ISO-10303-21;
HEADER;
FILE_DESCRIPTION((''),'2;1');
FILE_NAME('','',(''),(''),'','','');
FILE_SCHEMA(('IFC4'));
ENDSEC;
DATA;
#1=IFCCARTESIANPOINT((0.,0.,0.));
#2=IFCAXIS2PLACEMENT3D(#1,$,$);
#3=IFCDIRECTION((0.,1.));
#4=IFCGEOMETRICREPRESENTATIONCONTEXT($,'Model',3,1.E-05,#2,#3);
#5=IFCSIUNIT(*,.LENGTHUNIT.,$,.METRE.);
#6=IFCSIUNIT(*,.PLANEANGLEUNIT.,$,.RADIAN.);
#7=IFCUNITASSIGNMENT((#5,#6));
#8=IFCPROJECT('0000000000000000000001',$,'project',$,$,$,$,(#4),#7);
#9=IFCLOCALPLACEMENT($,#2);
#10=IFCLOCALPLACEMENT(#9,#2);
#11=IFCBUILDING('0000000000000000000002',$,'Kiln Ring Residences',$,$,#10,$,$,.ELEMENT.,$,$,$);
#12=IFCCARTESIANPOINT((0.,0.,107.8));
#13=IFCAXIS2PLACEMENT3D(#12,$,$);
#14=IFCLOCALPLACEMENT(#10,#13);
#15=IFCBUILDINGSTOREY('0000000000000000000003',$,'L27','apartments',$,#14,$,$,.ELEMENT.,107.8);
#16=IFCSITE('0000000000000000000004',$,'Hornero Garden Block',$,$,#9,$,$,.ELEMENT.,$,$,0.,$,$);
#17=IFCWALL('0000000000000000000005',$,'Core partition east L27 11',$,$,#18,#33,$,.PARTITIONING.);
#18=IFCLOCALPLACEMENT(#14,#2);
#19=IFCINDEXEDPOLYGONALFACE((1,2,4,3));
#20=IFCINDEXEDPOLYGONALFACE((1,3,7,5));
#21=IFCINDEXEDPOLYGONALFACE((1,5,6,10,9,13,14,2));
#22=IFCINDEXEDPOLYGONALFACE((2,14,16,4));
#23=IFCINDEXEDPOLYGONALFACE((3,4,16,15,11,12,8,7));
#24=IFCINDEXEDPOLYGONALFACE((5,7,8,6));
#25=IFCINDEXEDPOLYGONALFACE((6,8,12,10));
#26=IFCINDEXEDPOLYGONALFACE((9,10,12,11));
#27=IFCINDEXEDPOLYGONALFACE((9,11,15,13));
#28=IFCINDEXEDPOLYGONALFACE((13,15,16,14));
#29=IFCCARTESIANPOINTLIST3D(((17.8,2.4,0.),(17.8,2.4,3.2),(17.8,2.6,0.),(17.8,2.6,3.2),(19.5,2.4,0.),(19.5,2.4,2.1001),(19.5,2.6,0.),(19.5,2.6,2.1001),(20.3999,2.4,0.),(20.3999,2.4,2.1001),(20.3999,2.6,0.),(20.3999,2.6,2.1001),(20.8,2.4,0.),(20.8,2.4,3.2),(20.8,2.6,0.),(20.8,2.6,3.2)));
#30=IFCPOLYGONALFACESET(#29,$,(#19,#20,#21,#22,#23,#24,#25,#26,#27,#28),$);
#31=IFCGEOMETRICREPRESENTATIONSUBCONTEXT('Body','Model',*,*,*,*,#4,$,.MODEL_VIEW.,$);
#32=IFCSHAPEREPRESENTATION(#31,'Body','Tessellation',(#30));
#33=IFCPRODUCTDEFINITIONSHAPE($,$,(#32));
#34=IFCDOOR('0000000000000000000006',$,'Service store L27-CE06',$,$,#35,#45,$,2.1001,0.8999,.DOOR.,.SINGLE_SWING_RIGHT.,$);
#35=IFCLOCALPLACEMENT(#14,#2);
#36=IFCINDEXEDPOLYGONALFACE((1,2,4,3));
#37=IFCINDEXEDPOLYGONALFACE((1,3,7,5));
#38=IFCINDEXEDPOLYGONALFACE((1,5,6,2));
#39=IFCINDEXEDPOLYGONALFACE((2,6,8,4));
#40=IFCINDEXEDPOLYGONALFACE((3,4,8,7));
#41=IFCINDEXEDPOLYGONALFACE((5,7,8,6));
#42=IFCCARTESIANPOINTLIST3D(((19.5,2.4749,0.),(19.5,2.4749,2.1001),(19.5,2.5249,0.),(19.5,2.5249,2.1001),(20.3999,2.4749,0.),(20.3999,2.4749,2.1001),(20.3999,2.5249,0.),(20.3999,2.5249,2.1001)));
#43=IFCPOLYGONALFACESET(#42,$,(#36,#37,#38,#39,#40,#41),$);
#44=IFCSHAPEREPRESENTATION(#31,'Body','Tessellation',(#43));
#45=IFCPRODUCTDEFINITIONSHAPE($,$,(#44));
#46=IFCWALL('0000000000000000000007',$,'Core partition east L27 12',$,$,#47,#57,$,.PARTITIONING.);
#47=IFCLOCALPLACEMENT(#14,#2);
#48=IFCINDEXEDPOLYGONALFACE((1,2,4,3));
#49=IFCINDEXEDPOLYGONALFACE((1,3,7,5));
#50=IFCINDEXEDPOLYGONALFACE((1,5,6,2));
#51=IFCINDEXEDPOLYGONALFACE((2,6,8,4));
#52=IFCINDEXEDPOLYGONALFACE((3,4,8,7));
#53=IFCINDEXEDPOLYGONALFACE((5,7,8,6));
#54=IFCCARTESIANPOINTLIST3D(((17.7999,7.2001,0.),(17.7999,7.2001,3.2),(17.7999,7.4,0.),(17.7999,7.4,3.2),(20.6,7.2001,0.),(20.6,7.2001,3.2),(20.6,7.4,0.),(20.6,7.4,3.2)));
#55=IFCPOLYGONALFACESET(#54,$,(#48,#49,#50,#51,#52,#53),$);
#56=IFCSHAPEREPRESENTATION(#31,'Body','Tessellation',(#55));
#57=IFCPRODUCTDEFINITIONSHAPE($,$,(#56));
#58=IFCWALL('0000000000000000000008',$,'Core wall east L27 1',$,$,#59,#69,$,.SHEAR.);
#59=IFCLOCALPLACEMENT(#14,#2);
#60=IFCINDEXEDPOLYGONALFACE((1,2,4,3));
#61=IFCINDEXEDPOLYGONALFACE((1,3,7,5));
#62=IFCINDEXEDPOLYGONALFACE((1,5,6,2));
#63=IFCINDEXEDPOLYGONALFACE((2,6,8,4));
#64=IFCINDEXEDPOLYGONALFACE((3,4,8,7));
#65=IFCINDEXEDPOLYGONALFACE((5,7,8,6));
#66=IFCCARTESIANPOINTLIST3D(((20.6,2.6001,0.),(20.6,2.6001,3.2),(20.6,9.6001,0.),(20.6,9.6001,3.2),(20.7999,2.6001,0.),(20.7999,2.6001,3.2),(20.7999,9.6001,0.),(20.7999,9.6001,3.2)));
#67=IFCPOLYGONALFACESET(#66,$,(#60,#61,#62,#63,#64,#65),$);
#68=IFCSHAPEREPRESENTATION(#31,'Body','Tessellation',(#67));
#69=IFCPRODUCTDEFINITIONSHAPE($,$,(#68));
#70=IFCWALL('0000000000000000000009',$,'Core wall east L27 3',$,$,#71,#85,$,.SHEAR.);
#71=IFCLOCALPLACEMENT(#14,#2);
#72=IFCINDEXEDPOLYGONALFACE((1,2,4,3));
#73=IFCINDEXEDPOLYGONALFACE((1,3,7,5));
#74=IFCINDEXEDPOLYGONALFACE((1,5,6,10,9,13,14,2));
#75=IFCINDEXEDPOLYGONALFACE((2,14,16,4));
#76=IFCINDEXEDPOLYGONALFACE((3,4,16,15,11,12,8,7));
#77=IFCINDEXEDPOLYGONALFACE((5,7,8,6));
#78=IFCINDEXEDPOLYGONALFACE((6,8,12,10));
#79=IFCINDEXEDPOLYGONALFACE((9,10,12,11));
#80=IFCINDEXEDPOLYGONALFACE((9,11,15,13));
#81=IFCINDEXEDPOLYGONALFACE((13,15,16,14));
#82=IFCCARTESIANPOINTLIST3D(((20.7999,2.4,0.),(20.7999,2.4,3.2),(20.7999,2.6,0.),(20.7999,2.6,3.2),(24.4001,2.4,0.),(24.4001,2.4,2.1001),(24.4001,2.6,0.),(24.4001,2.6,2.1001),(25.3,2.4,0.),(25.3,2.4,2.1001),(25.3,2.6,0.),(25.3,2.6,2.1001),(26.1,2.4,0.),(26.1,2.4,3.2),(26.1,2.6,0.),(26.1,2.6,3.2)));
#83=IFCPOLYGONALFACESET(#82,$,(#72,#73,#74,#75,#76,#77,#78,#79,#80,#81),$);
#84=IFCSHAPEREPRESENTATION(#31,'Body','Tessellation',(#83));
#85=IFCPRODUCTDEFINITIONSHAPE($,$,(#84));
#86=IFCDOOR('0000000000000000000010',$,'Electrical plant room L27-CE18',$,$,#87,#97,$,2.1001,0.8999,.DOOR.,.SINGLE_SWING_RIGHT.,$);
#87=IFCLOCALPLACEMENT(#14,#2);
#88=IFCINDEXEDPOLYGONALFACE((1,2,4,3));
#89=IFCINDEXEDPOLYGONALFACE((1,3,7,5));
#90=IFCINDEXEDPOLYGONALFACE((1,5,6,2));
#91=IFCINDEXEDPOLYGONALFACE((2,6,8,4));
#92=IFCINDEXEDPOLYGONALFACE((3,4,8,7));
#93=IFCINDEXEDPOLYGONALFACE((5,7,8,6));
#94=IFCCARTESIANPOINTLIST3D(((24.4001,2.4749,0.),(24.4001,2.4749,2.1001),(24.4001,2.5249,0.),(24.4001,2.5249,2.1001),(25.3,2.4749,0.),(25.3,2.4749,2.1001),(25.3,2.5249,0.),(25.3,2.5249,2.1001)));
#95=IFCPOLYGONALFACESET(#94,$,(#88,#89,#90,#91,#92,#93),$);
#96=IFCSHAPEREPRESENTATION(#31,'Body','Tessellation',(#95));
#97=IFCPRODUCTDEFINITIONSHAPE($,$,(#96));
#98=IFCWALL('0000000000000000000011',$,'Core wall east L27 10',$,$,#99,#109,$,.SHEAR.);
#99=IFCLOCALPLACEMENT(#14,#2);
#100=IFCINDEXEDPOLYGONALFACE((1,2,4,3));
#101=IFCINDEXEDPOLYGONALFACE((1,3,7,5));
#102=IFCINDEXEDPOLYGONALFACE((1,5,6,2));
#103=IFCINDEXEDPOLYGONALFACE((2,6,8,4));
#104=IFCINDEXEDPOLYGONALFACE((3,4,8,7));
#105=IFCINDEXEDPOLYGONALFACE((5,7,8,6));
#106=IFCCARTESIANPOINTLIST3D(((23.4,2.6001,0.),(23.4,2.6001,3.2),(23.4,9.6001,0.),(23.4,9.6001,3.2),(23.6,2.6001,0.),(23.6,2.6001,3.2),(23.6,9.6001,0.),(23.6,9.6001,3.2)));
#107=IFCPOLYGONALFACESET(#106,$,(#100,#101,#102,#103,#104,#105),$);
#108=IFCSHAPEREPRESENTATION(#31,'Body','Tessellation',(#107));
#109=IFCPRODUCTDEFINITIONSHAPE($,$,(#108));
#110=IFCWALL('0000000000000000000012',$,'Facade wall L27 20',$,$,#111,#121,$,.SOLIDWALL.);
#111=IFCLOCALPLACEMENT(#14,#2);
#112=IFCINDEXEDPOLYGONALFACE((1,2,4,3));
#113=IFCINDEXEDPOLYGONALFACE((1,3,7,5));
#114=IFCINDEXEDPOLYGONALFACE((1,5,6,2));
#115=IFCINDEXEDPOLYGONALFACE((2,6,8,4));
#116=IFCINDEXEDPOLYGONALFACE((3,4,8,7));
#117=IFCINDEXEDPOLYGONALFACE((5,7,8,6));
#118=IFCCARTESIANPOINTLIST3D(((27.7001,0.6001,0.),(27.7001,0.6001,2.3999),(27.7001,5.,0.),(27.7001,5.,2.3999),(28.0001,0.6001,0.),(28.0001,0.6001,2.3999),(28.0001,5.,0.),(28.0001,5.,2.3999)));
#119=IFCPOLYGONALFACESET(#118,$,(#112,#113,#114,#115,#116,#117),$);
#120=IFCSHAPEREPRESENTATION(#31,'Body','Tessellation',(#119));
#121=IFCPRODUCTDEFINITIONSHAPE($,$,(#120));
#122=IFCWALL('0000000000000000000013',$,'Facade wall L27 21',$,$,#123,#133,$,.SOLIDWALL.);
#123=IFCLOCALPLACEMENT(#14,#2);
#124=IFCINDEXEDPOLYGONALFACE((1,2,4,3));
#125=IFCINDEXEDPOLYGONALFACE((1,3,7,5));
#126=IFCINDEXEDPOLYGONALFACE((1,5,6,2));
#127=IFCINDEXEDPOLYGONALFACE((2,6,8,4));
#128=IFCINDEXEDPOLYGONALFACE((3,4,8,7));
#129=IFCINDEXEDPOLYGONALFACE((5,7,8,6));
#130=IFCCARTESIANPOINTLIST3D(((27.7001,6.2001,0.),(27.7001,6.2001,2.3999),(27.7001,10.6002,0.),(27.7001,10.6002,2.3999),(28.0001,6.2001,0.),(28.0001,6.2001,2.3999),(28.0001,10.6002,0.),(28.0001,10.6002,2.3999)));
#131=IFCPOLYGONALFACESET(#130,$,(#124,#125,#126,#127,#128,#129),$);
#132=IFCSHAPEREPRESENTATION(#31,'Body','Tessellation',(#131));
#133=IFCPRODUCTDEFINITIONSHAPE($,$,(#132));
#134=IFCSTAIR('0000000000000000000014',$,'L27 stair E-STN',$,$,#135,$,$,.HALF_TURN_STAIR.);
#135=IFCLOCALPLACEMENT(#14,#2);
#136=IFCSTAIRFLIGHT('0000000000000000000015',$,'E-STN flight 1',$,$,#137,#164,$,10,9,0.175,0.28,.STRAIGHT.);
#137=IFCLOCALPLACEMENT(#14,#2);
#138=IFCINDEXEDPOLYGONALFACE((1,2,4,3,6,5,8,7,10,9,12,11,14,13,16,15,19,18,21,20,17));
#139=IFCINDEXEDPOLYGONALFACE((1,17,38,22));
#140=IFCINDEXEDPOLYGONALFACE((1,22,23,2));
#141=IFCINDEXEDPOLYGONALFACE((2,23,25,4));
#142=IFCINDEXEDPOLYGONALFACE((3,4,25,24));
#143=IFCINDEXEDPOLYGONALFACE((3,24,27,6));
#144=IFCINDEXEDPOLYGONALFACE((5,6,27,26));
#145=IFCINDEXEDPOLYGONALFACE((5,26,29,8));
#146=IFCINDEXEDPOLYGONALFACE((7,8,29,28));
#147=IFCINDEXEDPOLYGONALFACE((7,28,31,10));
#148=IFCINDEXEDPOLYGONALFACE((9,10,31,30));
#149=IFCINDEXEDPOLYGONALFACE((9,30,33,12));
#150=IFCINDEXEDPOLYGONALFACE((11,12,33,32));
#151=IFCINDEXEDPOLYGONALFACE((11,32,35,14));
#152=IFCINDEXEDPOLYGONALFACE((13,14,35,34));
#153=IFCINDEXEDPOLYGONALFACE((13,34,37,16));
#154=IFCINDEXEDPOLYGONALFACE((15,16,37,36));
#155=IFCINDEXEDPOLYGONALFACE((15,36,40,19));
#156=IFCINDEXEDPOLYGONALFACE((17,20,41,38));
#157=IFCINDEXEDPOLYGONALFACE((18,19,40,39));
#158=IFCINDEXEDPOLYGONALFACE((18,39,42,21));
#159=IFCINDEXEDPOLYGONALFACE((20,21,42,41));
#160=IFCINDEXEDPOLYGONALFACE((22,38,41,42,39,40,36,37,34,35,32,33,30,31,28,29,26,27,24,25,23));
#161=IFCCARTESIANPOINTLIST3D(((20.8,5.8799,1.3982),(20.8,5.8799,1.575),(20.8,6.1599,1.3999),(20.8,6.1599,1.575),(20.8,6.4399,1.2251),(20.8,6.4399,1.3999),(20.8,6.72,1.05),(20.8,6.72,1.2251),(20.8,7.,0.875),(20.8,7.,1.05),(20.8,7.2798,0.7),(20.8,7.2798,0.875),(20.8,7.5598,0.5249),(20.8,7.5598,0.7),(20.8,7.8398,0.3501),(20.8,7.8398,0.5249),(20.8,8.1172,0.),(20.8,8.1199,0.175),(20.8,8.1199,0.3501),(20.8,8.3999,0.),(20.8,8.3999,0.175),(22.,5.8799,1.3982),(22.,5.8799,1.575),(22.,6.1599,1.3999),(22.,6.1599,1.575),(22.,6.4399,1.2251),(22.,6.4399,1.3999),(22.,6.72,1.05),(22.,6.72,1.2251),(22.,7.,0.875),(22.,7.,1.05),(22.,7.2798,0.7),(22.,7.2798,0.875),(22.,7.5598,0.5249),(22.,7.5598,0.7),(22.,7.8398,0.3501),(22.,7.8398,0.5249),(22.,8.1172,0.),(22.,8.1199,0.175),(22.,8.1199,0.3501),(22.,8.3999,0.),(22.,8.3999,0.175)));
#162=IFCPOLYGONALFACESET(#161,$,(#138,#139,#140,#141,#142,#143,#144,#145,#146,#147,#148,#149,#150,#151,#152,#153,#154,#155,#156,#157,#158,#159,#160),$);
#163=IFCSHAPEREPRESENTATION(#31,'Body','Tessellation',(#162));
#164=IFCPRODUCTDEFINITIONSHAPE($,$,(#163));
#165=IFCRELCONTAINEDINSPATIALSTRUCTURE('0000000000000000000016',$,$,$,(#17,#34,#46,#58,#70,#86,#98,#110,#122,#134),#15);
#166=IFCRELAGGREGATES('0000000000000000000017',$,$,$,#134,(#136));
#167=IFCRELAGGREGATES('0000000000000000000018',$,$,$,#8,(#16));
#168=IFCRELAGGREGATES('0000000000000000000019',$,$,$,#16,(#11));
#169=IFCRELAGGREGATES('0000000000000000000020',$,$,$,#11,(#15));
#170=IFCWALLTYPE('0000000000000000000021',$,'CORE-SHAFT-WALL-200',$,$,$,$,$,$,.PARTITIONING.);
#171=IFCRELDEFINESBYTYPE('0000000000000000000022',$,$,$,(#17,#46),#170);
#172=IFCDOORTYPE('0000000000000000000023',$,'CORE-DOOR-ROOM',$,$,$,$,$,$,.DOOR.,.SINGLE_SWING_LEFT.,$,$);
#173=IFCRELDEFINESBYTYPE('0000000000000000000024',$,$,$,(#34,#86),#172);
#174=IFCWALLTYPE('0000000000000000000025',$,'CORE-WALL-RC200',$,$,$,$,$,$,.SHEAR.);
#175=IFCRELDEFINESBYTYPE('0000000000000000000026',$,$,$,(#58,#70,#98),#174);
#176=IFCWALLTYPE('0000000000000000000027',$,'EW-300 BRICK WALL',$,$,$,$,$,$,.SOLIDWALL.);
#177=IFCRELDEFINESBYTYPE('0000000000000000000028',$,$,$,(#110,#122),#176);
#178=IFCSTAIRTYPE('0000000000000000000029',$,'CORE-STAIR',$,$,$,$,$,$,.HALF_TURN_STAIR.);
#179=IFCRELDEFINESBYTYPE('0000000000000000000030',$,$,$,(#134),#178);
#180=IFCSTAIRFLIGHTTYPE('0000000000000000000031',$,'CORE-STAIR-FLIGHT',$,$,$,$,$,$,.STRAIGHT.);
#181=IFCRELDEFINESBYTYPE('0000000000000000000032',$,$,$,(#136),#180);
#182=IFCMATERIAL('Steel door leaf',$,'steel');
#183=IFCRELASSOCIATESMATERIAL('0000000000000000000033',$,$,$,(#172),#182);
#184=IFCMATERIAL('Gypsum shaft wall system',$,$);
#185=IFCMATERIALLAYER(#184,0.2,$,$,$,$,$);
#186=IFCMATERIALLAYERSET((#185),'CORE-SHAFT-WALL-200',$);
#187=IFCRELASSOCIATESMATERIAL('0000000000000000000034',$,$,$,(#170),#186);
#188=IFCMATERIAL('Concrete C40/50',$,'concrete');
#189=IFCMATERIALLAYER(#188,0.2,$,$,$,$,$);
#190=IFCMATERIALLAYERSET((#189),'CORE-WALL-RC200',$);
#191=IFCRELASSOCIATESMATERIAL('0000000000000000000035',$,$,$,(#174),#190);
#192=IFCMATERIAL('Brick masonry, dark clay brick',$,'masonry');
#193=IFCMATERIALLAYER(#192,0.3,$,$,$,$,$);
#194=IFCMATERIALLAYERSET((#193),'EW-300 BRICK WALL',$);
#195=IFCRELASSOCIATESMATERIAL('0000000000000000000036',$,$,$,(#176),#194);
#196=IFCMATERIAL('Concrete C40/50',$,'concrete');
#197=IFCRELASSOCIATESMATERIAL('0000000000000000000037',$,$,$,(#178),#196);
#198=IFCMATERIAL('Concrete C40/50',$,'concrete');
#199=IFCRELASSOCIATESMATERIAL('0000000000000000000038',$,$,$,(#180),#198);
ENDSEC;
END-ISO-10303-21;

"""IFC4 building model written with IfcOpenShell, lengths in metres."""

from ifc_helpers import new_model, si_unit, direction, frame, frame_2d, origin, place, context, subcontext, project, spatial, polyline, rectangle, outline, extrude, material, layer, layer_set, type_object, element, fill, aggregate, save


model = new_model("IFC4")

# Units and contexts
model_context = context("Model", 3, precision=1e-05, world=origin(), true_north=direction((0.0, 1.0)))
body_context = subcontext(model_context, "Body", "Model", "MODEL_VIEW")
ifc_project = project(units=[si_unit("LENGTHUNIT", "METRE"), si_unit("PLANEANGLEUNIT", "RADIAN")], contexts=[model_context])

# Site, building, storey
site_placement = place(None, origin())
site = spatial("IfcSite", under=ifc_project, at=site_placement, Name="Hornero Garden Block", CompositionType="ELEMENT", RefElevation=0.0)
building_placement = place(site_placement, origin())
building = spatial("IfcBuilding", under=site, at=building_placement, Name="Kiln Ring Residences", CompositionType="ELEMENT")
storey_placement = place(building_placement, frame((0.0, 0.0, 107.8)))
storey = spatial("IfcBuildingStorey", under=building, at=storey_placement, Name="L27", Description="apartments", CompositionType="ELEMENT", Elevation=107.8)

# Shared definitions
ifc_material_1 = material(Name="Steel door leaf", Category="steel")
door_type = type_object("IfcDoorType", Name="CORE-DOOR-ROOM", OperationType="SINGLE_SWING_LEFT", PredefinedType="DOOR", material=ifc_material_1)

# Shared definitions
ifc_material_2 = material(Name="Gypsum shaft wall system")
ifc_layer_1 = layer(ifc_material_2, 0.2)
ifc_layer_set_1 = layer_set([ifc_layer_1], Name="CORE-SHAFT-WALL-200")
wall_type_1 = type_object("IfcWallType", Name="CORE-SHAFT-WALL-200", PredefinedType="PARTITIONING", material=ifc_layer_set_1)

# Wall, opening, door
wall_1_placement = place(storey_placement, frame((17.8, 2.5, 0.0), z_axis=(0.0, 0.0, 1.0), x_axis=(1.0, 0.0, 0.0)))
wall_1 = element("IfcWall", 1, at=wall_1_placement, inside=storey, type_object=wall_type_1, Name="Core partition east L27 11", PredefinedType="PARTITIONING", context=body_context, shape_type="SweptSolid", body=[
    extrude(rectangle(XDim=3.0, YDim=0.2, at=frame_2d((1.5, 0.0))), origin(), (0.0, 0.0, 1.0), 3.2),
])
opening_1_placement = place(wall_1_placement, frame((1.7, 0.0, 0.0)))
opening_1 = element("IfcOpeningElement", 2, at=opening_1_placement, cuts=wall_1, PredefinedType="OPENING", context=body_context, shape_type="SweptSolid", body=[
    extrude(rectangle(XDim=0.8999, YDim=2.1001, at=frame_2d((0.45, 1.05))), frame((0.0, 0.1099, 0.0), z_axis=(0.0, -1.0, 0.0), x_axis=(1.0, 0.0, 0.0)), (0.0, 0.0, 1.0), 0.22),
])
door_1_placement = place(opening_1_placement, origin())
door_1 = element("IfcDoor", 3, at=door_1_placement, inside=storey, type_object=door_type, Name="Service store L27-CE06", OperationType="SINGLE_SWING_RIGHT", OverallHeight=2.1001, OverallWidth=0.8999, PredefinedType="DOOR", context=body_context, shape_type="SweptSolid", body=[
    extrude(rectangle(XDim=0.8999, YDim=2.1001, at=frame_2d((0.45, 1.05))), frame((0.0, 0.0249, 0.0), z_axis=(0.0, -1.0, 0.0), x_axis=(1.0, 0.0, 0.0)), (0.0, 0.0, 1.0), 0.05),
])
fill(opening_1, door_1)

# Walls
wall_2_placement = place(storey_placement, frame((17.8, 7.3, 0.0), z_axis=(0.0, 0.0, 1.0), x_axis=(1.0, 0.0, 0.0)))
element("IfcWall", 4, at=wall_2_placement, inside=storey, type_object=wall_type_1, Name="Core partition east L27 12", PredefinedType="PARTITIONING", context=body_context, shape_type="SweptSolid", body=[
    extrude(rectangle(XDim=2.8, YDim=0.2, at=frame_2d((1.3999, 0.0))), origin(), (0.0, 0.0, 1.0), 3.2),
])
ifc_material_3 = material(Name="Concrete C40/50", Category="concrete")
ifc_layer_2 = layer(ifc_material_3, 0.2)
ifc_layer_set_2 = layer_set([ifc_layer_2], Name="CORE-WALL-RC200")
wall_type_2 = type_object("IfcWallType", Name="CORE-WALL-RC200", PredefinedType="SHEAR", material=ifc_layer_set_2)
wall_3_placement = place(storey_placement, frame((20.7, 2.6001, 0.0), z_axis=(0.0, 0.0, 1.0), x_axis=(0.0, 1.0, 0.0)))
element("IfcWall", 5, at=wall_3_placement, inside=storey, type_object=wall_type_2, Name="Core wall east L27 1", PredefinedType="SHEAR", context=body_context, shape_type="SweptSolid", body=[
    extrude(rectangle(XDim=7.0, YDim=0.2, at=frame_2d((3.5, 0.0))), origin(), (0.0, 0.0, 1.0), 3.2),
])

# Wall, opening, door
wall_4_placement = place(storey_placement, frame((20.8, 2.5, 0.0), z_axis=(0.0, 0.0, 1.0), x_axis=(1.0, 0.0, 0.0)))
wall_4 = element("IfcWall", 6, at=wall_4_placement, inside=storey, type_object=wall_type_2, Name="Core wall east L27 3", PredefinedType="SHEAR", context=body_context, shape_type="SweptSolid", body=[
    extrude(rectangle(XDim=5.3, YDim=0.2, at=frame_2d((2.6499, 0.0))), origin(), (0.0, 0.0, 1.0), 3.2),
])
opening_2_placement = place(wall_4_placement, frame((3.6001, 0.0, 0.0)))
opening_2 = element("IfcOpeningElement", 7, at=opening_2_placement, cuts=wall_4, PredefinedType="OPENING", context=body_context, shape_type="SweptSolid", body=[
    extrude(rectangle(XDim=0.8999, YDim=2.1001, at=frame_2d((0.45, 1.05))), frame((0.0, 0.1099, 0.0), z_axis=(0.0, -1.0, 0.0), x_axis=(1.0, 0.0, 0.0)), (0.0, 0.0, 1.0), 0.22),
])
door_2_placement = place(opening_2_placement, origin())
door_2 = element("IfcDoor", 8, at=door_2_placement, inside=storey, type_object=door_type, Name="Electrical plant room L27-CE18", OperationType="SINGLE_SWING_RIGHT", OverallHeight=2.1001, OverallWidth=0.8999, PredefinedType="DOOR", context=body_context, shape_type="SweptSolid", body=[
    extrude(rectangle(XDim=0.8999, YDim=2.1001, at=frame_2d((0.45, 1.05))), frame((0.0, 0.0249, 0.0), z_axis=(0.0, -1.0, 0.0), x_axis=(1.0, 0.0, 0.0)), (0.0, 0.0, 1.0), 0.05),
])
fill(opening_2, door_2)

# Walls
wall_5_placement = place(storey_placement, frame((23.5, 2.6001, 0.0), z_axis=(0.0, 0.0, 1.0), x_axis=(0.0, 1.0, 0.0)))
element("IfcWall", 9, at=wall_5_placement, inside=storey, type_object=wall_type_2, Name="Core wall east L27 10", PredefinedType="SHEAR", context=body_context, shape_type="SweptSolid", body=[
    extrude(rectangle(XDim=7.0, YDim=0.2, at=frame_2d((3.5, 0.0))), origin(), (0.0, 0.0, 1.0), 3.2),
])
ifc_material_4 = material(Name="Brick masonry, dark clay brick", Category="masonry")
ifc_layer_3 = layer(ifc_material_4, 0.3)
ifc_layer_set_3 = layer_set([ifc_layer_3], Name="EW-300 BRICK WALL")
wall_type_3 = type_object("IfcWallType", Name="EW-300 BRICK WALL", PredefinedType="SOLIDWALL", material=ifc_layer_set_3)
wall_6_placement = place(storey_placement, frame((27.8501, 0.6001, 0.0), z_axis=(0.0, 0.0, 1.0), x_axis=(0.0, 1.0, 0.0)))
element("IfcWall", 10, at=wall_6_placement, inside=storey, type_object=wall_type_3, Name="Facade wall L27 20", PredefinedType="SOLIDWALL", context=body_context, shape_type="SweptSolid", body=[
    extrude(rectangle(XDim=4.3999, YDim=0.3, at=frame_2d((2.2, 0.0))), origin(), (0.0, 0.0, 1.0), 2.3999),
])
wall_7_placement = place(storey_placement, frame((27.8501, 6.2, 0.0), z_axis=(0.0, 0.0, 1.0), x_axis=(0.0, 1.0, 0.0)))
element("IfcWall", 11, at=wall_7_placement, inside=storey, type_object=wall_type_3, Name="Facade wall L27 21", PredefinedType="SOLIDWALL", context=body_context, shape_type="SweptSolid", body=[
    extrude(rectangle(XDim=4.4001, YDim=0.3, at=frame_2d((2.2002, 0.0))), origin(), (0.0, 0.0, 1.0), 2.3999),
])

# Stair, stair flight
ifc_material_5 = material(Name="Concrete C40/50", Category="concrete")
stair_type = type_object("IfcStairType", Name="CORE-STAIR", PredefinedType="HALF_TURN_STAIR", material=ifc_material_5)
stair_placement = place(storey_placement, origin())
stair = element("IfcStair", 12, at=stair_placement, inside=storey, type_object=stair_type, Name="L27 stair E-STN", PredefinedType="HALF_TURN_STAIR")
ifc_material_6 = material(Name="Concrete C40/50", Category="concrete")
stair_flight_type = type_object("IfcStairFlightType", Name="CORE-STAIR-FLIGHT", PredefinedType="STRAIGHT", material=ifc_material_6)
stair_flight_1_placement = place(storey_placement, frame((21.3999, 8.3999, 0.0), z_axis=(0.0, 0.0, 1.0), x_axis=(0.0, -1.0, 0.0)))
stair_flight_1 = element("IfcStairFlight", 13, at=stair_flight_1_placement, type_object=stair_flight_type, Name="E-STN flight 1", NumberOfRisers=10, NumberOfTreads=9, PredefinedType="STRAIGHT", RiserHeight=0.175, TreadLength=0.28, context=body_context, shape_type="SweptSolid", body=[
    extrude(outline(polyline([(0.0, 0.0), (0.0, 0.175), (0.28, 0.175), (0.28, 0.3501), (0.5601, 0.3501), (0.5601, 0.5249), (0.8401, 0.5249), (0.8401, 0.7), (1.1201, 0.7), (1.1201, 0.875), (1.3999, 0.875), (1.3999, 1.05), (1.6799, 1.05), (1.6799, 1.2251), (1.96, 1.2251), (1.96, 1.3999), (2.24, 1.3999), (2.24, 1.575), (2.52, 1.575), (2.52, 1.75), (2.52, 1.3982), (0.2827, 0.0), (0.0, 0.0)])), frame((0.0, 0.6001, 0.0), z_axis=(0.0, -1.0, 0.0), x_axis=(1.0, 0.0, 0.0)), (0.0, 0.0, 1.0), 1.2),
])
aggregate(stair, [stair_flight_1])

save(model, "model.ifc")
